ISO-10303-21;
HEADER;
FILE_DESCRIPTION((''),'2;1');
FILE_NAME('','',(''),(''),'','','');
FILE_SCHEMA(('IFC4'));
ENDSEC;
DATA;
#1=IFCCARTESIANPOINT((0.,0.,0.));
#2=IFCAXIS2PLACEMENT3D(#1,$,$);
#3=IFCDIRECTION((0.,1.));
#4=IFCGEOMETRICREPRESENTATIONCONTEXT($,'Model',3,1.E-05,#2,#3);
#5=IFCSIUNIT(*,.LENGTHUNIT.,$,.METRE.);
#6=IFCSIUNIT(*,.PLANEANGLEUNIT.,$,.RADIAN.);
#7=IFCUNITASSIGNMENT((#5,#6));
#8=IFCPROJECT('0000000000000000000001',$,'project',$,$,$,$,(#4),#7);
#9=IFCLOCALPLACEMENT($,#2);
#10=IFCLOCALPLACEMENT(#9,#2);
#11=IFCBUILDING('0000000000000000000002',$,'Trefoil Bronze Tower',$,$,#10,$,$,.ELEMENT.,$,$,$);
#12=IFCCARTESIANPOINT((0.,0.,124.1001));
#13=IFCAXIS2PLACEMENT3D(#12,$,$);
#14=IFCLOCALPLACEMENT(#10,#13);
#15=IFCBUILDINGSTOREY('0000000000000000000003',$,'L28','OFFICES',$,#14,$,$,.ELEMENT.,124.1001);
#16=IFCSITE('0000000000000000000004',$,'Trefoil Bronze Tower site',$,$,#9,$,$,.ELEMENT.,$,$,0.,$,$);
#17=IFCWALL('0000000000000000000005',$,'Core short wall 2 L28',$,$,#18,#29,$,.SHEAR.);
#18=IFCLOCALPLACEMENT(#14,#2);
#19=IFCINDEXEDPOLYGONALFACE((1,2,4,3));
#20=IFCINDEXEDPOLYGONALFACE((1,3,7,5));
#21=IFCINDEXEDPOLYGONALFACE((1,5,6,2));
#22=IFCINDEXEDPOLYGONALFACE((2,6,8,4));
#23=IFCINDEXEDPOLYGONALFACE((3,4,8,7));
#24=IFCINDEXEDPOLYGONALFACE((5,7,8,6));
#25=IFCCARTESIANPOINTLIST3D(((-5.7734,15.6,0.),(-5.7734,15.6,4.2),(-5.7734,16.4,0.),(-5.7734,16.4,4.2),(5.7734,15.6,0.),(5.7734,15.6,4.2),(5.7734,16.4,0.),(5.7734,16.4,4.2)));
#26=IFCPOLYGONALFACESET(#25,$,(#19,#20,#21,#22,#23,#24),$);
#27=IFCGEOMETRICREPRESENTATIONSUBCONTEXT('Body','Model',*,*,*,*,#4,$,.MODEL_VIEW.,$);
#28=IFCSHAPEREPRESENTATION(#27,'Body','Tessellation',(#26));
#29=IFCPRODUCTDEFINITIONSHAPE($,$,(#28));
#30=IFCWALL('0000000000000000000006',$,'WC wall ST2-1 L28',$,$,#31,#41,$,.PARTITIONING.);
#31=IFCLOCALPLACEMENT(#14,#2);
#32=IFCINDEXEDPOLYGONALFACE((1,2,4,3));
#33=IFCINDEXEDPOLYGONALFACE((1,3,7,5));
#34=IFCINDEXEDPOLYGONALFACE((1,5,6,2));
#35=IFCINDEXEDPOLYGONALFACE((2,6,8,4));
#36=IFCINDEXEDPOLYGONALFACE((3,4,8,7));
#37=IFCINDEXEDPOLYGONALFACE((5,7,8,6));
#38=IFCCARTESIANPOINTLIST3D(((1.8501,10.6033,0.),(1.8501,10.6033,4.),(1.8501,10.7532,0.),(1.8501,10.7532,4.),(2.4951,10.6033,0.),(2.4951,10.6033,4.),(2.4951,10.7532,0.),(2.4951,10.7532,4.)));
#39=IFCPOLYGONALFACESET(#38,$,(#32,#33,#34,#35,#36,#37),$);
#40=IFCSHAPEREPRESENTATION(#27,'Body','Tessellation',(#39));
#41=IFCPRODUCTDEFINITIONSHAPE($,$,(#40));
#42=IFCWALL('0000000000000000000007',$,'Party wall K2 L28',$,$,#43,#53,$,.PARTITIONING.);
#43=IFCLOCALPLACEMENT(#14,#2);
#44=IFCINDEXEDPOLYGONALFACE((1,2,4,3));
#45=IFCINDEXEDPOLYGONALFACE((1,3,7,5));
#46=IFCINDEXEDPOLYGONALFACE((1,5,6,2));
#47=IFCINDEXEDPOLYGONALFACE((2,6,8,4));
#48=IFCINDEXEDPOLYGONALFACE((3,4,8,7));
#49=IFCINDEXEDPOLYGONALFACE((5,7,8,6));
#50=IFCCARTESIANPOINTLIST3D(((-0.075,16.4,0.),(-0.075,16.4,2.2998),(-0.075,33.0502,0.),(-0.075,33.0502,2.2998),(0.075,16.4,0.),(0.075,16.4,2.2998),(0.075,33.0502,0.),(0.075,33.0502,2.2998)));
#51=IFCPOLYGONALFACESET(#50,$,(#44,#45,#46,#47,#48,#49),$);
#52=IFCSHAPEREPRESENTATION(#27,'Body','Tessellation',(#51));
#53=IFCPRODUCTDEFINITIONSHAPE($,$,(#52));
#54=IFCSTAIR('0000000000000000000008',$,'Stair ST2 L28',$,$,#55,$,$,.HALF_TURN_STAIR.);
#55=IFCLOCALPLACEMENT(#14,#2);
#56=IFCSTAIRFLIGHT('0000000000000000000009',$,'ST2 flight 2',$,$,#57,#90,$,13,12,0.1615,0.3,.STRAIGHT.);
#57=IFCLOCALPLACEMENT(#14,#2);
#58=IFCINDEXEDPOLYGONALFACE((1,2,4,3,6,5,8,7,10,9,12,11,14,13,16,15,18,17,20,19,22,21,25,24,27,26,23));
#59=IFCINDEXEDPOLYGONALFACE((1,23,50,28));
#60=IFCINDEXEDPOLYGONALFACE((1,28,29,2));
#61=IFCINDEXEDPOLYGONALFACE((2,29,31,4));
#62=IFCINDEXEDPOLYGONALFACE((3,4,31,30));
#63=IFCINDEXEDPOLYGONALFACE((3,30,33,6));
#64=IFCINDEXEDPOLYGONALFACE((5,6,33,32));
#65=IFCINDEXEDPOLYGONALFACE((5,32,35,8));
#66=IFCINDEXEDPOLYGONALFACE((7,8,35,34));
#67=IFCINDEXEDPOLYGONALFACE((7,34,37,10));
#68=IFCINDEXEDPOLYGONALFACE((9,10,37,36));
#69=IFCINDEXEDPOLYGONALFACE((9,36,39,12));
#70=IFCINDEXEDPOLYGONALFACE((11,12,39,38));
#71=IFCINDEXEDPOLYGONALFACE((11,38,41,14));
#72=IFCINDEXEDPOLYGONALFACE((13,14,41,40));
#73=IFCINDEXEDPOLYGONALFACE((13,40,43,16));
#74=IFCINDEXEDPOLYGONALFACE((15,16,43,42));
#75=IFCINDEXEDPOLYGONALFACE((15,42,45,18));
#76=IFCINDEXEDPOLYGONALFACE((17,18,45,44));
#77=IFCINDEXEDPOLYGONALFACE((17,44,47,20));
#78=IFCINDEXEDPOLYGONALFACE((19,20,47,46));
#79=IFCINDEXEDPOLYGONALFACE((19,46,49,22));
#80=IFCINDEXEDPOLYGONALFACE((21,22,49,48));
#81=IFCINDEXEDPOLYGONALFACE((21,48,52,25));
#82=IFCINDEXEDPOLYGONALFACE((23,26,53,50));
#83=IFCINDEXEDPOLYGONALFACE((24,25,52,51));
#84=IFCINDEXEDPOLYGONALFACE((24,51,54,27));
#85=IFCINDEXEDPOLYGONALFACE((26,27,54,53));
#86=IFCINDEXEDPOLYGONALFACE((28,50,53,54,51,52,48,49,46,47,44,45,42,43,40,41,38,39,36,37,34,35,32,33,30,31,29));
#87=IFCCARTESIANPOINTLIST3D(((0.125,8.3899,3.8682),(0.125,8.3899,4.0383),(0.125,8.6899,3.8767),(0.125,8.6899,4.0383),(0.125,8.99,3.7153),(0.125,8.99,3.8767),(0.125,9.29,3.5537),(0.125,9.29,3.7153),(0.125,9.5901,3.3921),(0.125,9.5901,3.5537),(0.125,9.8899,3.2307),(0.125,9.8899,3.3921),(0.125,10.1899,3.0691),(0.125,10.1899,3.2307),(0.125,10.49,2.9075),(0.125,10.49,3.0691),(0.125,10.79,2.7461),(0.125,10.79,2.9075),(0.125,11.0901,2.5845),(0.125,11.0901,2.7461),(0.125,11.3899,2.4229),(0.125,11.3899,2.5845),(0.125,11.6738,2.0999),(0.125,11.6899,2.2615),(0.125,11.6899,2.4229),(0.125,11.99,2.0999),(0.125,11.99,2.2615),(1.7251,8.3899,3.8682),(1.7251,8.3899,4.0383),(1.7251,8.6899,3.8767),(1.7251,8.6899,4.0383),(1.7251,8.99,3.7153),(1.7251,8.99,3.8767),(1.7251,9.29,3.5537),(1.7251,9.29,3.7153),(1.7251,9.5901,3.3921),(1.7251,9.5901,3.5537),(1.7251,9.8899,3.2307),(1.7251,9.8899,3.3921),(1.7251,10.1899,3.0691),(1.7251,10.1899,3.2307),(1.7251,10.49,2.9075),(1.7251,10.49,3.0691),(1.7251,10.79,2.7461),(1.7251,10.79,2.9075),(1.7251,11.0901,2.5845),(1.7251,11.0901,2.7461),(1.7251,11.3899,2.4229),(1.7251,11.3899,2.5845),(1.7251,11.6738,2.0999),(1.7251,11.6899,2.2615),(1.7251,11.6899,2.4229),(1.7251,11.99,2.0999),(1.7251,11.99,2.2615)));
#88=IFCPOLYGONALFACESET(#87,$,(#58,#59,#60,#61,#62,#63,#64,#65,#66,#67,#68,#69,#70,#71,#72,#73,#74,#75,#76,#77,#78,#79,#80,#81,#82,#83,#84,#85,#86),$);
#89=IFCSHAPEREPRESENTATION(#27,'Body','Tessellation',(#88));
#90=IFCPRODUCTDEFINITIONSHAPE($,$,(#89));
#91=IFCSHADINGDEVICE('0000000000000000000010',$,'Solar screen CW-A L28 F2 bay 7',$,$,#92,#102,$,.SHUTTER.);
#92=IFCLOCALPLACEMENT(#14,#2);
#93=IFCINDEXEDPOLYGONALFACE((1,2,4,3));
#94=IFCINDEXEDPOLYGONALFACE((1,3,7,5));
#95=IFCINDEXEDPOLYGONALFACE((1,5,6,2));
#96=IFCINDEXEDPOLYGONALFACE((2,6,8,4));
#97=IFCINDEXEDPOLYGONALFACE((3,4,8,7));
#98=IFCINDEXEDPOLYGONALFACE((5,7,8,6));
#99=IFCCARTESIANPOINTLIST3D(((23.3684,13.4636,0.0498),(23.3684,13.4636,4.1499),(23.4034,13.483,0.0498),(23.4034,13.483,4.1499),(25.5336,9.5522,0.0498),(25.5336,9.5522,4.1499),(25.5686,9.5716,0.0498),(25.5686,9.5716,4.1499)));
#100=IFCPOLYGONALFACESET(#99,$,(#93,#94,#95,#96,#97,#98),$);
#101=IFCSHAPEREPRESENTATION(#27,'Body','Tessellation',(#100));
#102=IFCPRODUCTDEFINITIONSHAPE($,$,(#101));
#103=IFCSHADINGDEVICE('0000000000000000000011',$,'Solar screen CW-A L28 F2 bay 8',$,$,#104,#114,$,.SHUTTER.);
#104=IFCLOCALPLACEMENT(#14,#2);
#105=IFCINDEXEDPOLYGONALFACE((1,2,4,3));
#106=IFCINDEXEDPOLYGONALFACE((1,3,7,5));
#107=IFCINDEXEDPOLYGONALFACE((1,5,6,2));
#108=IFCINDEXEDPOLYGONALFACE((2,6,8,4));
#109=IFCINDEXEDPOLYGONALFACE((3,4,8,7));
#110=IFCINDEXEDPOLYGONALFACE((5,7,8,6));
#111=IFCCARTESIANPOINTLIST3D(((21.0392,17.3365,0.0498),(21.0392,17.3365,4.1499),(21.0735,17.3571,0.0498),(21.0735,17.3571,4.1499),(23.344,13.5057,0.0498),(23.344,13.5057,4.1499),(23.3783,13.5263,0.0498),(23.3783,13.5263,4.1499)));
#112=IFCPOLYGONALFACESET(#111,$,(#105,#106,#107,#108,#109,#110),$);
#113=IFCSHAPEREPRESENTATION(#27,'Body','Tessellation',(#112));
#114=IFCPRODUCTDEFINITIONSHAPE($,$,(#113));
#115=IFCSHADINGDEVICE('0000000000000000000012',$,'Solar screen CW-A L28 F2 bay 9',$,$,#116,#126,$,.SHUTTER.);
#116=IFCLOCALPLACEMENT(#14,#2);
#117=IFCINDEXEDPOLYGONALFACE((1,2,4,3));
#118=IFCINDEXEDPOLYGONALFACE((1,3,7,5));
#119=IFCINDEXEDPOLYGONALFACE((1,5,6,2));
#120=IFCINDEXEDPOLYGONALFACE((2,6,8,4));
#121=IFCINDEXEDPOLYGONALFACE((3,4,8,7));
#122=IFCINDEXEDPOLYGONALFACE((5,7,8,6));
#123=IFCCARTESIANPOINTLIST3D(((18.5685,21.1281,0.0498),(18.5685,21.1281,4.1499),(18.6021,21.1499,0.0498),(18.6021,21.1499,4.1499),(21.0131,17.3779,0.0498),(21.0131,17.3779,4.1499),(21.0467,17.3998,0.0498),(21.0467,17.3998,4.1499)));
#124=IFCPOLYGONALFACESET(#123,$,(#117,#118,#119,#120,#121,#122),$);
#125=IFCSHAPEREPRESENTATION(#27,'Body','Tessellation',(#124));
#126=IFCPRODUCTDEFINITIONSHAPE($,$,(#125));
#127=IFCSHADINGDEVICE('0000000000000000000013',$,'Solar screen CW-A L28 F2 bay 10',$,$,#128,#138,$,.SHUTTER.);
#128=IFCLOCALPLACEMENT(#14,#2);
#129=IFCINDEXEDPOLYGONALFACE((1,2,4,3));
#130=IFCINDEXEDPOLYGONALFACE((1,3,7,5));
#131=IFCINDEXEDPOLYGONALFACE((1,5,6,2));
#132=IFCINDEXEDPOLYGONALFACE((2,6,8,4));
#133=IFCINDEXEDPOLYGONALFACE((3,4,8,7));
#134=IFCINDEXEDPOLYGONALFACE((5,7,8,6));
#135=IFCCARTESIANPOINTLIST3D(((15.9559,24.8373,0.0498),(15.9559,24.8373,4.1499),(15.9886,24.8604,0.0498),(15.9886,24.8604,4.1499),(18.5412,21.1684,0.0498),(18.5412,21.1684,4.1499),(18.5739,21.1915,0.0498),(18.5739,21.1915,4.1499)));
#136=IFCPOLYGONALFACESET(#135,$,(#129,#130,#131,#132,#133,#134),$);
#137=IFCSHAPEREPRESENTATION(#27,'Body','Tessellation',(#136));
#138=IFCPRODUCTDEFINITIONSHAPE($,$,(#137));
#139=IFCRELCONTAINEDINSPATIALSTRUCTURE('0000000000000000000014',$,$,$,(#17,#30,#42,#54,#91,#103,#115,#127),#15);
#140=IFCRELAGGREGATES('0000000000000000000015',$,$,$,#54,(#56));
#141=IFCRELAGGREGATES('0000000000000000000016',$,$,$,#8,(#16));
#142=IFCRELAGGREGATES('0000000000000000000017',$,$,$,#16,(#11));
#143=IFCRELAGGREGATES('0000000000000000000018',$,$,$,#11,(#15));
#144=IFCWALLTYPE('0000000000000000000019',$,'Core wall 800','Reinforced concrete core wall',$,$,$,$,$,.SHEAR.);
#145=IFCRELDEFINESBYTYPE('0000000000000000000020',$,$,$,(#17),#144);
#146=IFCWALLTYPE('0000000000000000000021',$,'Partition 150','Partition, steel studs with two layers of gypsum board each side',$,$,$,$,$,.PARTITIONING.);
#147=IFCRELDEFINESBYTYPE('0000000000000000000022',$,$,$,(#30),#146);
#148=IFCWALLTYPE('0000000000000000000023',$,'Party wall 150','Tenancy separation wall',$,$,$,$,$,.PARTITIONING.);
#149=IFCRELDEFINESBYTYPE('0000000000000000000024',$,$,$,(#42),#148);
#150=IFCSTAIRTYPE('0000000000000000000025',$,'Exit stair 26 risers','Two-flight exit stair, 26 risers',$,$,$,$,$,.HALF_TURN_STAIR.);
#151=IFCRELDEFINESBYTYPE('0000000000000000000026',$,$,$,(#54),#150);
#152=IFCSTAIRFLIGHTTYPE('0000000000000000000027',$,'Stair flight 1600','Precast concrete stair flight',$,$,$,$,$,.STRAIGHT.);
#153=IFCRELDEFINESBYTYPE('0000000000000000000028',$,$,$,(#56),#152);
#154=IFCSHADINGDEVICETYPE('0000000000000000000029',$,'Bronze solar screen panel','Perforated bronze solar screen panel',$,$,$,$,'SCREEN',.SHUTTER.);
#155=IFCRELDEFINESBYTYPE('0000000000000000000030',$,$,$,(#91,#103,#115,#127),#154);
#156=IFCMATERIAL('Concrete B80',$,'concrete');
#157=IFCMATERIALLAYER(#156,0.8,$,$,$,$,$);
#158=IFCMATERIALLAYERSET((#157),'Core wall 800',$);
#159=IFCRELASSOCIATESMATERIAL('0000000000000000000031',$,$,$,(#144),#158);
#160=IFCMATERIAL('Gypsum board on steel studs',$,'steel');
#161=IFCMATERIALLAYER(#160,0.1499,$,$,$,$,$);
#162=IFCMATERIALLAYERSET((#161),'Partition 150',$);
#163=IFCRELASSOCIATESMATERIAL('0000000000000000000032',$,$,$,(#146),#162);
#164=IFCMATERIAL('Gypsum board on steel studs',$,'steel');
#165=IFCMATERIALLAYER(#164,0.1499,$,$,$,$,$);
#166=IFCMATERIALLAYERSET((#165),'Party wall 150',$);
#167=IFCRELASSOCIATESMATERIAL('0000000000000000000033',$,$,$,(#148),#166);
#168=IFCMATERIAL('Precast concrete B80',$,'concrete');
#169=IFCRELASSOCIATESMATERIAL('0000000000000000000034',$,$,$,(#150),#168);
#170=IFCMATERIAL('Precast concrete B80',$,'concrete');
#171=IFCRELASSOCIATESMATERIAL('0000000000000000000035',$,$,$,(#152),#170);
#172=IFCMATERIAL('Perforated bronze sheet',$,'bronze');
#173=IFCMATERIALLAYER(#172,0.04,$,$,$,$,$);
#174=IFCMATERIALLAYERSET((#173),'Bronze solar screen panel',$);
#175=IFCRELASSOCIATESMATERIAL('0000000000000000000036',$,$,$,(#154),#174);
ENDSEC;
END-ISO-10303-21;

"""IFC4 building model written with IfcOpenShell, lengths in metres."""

from ifc_helpers import new_model, si_unit, direction, frame, frame_2d, origin, origin_2d, place, context, subcontext, project, spatial, polyline, rectangle, outline, extrude, material, layer, layer_set, type_object, element, aggregate, save


model = new_model("IFC4")

# Units and contexts
model_context = context("Model", 3, precision=1e-05, world=origin(), true_north=direction((0.0, 1.0)))
body_context = subcontext(model_context, "Body", "Model", "MODEL_VIEW")
ifc_project = project(units=[si_unit("LENGTHUNIT", "METRE"), si_unit("PLANEANGLEUNIT", "RADIAN")], contexts=[model_context])

# Site, building, storey
site_placement = place(None, origin())
site = spatial("IfcSite", under=ifc_project, at=site_placement, Name="Trefoil Bronze Tower site", CompositionType="ELEMENT", RefElevation=0.0)
building_placement = place(site_placement, origin())
building = spatial("IfcBuilding", under=site, at=building_placement, Name="Trefoil Bronze Tower", CompositionType="ELEMENT")
storey_placement = place(building_placement, frame((0.0, 0.0, 124.1001)))
storey = spatial("IfcBuildingStorey", under=building, at=storey_placement, Name="L28", Description="OFFICES", CompositionType="ELEMENT", Elevation=124.1001)

# Walls
ifc_material_1 = material(Name="Concrete B80", Category="concrete")
ifc_layer_1 = layer(ifc_material_1, 0.8)
ifc_layer_set_1 = layer_set([ifc_layer_1], Name="Core wall 800")
wall_type_1 = type_object("IfcWallType", Name="Core wall 800", Description="Reinforced concrete core wall", PredefinedType="SHEAR", material=ifc_layer_set_1)
wall_1_placement = place(storey_placement, frame((5.7734, 16.0, 0.0), z_axis=(0.0, 0.0, 1.0), x_axis=(-1.0, 0.0, 0.0)))
element("IfcWall", 1, at=wall_1_placement, inside=storey, type_object=wall_type_1, Name="Core short wall 2 L28", PredefinedType="SHEAR", context=body_context, shape_type="SweptSolid", body=[
    extrude(rectangle(XDim=11.5469, YDim=0.8, at=frame_2d((5.7734, 0.0))), origin(), (0.0, 0.0, 1.0), 4.2),
])
ifc_material_2 = material(Name="Gypsum board on steel studs", Category="steel")
ifc_layer_2 = layer(ifc_material_2, 0.1499)
ifc_layer_set_2 = layer_set([ifc_layer_2], Name="Partition 150")
wall_type_2 = type_object("IfcWallType", Name="Partition 150", Description="Partition, steel studs with two layers of gypsum board each side", PredefinedType="PARTITIONING", material=ifc_layer_set_2)
wall_2_placement = place(storey_placement, frame((2.4951, 10.6782, 0.0), z_axis=(0.0, 0.0, 1.0), x_axis=(-1.0, 0.0, 0.0)))
element("IfcWall", 2, at=wall_2_placement, inside=storey, type_object=wall_type_2, Name="WC wall ST2-1 L28", PredefinedType="PARTITIONING", context=body_context, shape_type="SweptSolid", body=[
    extrude(rectangle(XDim=0.645, YDim=0.1499, at=frame_2d((0.3225, 0.0))), origin(), (0.0, 0.0, 1.0), 4.0),
])
ifc_material_3 = material(Name="Gypsum board on steel studs", Category="steel")
ifc_layer_3 = layer(ifc_material_3, 0.1499)
ifc_layer_set_3 = layer_set([ifc_layer_3], Name="Party wall 150")
wall_type_3 = type_object("IfcWallType", Name="Party wall 150", Description="Tenancy separation wall", PredefinedType="PARTITIONING", material=ifc_layer_set_3)
wall_3_placement = place(storey_placement, frame((0.0, 16.3999, 0.0), z_axis=(0.0, 0.0, 1.0), x_axis=(0.0, 1.0, 0.0)))
element("IfcWall", 3, at=wall_3_placement, inside=storey, type_object=wall_type_3, Name="Party wall K2 L28", PredefinedType="PARTITIONING", context=body_context, shape_type="SweptSolid", body=[
    extrude(rectangle(XDim=16.6501, YDim=0.1499, at=frame_2d((8.3252, 0.0))), origin(), (0.0, 0.0, 1.0), 2.2998),
])

# Stair, stair flight
ifc_material_4 = material(Name="Precast concrete B80", Category="concrete")
stair_type = type_object("IfcStairType", Name="Exit stair 26 risers", Description="Two-flight exit stair, 26 risers", PredefinedType="HALF_TURN_STAIR", material=ifc_material_4)
stair_placement = place(storey_placement, origin())
stair = element("IfcStair", 4, at=stair_placement, inside=storey, type_object=stair_type, Name="Stair ST2 L28", PredefinedType="HALF_TURN_STAIR")
ifc_material_5 = material(Name="Precast concrete B80", Category="concrete")
stair_flight_type = type_object("IfcStairFlightType", Name="Stair flight 1600", Description="Precast concrete stair flight", PredefinedType="STRAIGHT", material=ifc_material_5)
stair_flight_placement = place(storey_placement, frame((0.925, 11.99, 2.0999), z_axis=(0.0, 0.0, 1.0), x_axis=(0.0, -1.0, 0.0)))
stair_flight = element("IfcStairFlight", 5, at=stair_flight_placement, type_object=stair_flight_type, Name="ST2 flight 2", NumberOfRisers=13, NumberOfTreads=12, PredefinedType="STRAIGHT", RiserHeight=0.1615, TreadLength=0.3, context=body_context, shape_type="SweptSolid", body=[
    extrude(outline(polyline([(0.0, 0.0), (0.0, 0.1616), (0.3, 0.1616), (0.3, 0.323), (0.6001, 0.323), (0.6001, 0.4846), (0.8999, 0.4846), (0.8999, 0.6462), (1.2, 0.6462), (1.2, 0.8076), (1.5, 0.8076), (1.5, 0.9692), (1.8, 0.9692), (1.8, 1.1309), (2.1001, 1.1309), (2.1001, 1.2922), (2.3999, 1.2922), (2.3999, 1.4539), (2.7, 1.4539), (2.7, 1.6155), (3.0, 1.6155), (3.0, 1.7769), (3.3, 1.7769), (3.3, 1.9385), (3.6001, 1.9385), (3.6001, 2.1001), (3.6001, 1.7683), (0.3162, 0.0), (0.0, 0.0)])), frame((0.0, 0.8, 0.0), z_axis=(0.0, -1.0, 0.0), x_axis=(1.0, 0.0, 0.0)), (0.0, 0.0, 1.0), 1.6001),
])
aggregate(stair, [stair_flight])

# Shading devices
ifc_material_6 = material(Name="Perforated bronze sheet", Category="bronze")
ifc_layer_4 = layer(ifc_material_6, 0.04)
ifc_layer_set_4 = layer_set([ifc_layer_4], Name="Bronze solar screen panel")
shading_device_type = type_object("IfcShadingDeviceType", Name="Bronze solar screen panel", Description="Perforated bronze solar screen panel", ElementType="SCREEN", PredefinedType="SHUTTER", material=ifc_layer_set_4)
for number, where, z_axis, x_axis, name in (
    (6, (24.4685, 11.5176, 0.0498), (0.0, 0.0, 1.0), (-0.484312, 0.874895, 0.0), "Solar screen CW-A L28 F2 bay 7"),
    (7, (22.2087, 15.4314, 0.0498), (0.0, 0.0, 1.0), (-0.515525, 0.856874, 0.0), "Solar screen CW-A L28 F2 bay 8"),
):
    element("IfcShadingDevice", number, at=place(storey_placement, frame(where, z_axis=z_axis, x_axis=x_axis)), inside=storey, type_object=shading_device_type, Name=name, PredefinedType="SHUTTER", context=body_context, shape_type="SweptSolid", body=[
        extrude(rectangle(XDim=4.4707, YDim=0.04, at=origin_2d()), origin(), (0.0, 0.0, 1.0), 4.1001),
    ])
shading_device_1_placement = place(storey_placement, frame((19.8076, 19.2639, 0.0498), z_axis=(0.0, 0.0, 1.0), x_axis=(-0.546089, 0.837727, 0.0)))
element("IfcShadingDevice", 8, at=shading_device_1_placement, inside=storey, type_object=shading_device_type, Name="Solar screen CW-A L28 F2 bay 9", PredefinedType="SHUTTER", context=body_context, shape_type="SweptSolid", body=[
    extrude(rectangle(XDim=4.4766, YDim=0.04, at=origin_2d()), origin(), (0.0, 0.0, 1.0), 4.1001),
])
shading_device_2_placement = place(storey_placement, frame((17.2649, 23.0144, 0.0498), z_axis=(0.0, 0.0, 1.0), x_axis=(-0.575999, 0.81745, 0.0)))
element("IfcShadingDevice", 9, at=shading_device_2_placement, inside=storey, type_object=shading_device_type, Name="Solar screen CW-A L28 F2 bay 10", PredefinedType="SHUTTER", context=body_context, shape_type="SweptSolid", body=[
    extrude(rectangle(XDim=4.4883, YDim=0.04, at=origin_2d()), origin(), (0.0, 0.0, 1.0), 4.1001),
])

save(model, "model.ifc")
